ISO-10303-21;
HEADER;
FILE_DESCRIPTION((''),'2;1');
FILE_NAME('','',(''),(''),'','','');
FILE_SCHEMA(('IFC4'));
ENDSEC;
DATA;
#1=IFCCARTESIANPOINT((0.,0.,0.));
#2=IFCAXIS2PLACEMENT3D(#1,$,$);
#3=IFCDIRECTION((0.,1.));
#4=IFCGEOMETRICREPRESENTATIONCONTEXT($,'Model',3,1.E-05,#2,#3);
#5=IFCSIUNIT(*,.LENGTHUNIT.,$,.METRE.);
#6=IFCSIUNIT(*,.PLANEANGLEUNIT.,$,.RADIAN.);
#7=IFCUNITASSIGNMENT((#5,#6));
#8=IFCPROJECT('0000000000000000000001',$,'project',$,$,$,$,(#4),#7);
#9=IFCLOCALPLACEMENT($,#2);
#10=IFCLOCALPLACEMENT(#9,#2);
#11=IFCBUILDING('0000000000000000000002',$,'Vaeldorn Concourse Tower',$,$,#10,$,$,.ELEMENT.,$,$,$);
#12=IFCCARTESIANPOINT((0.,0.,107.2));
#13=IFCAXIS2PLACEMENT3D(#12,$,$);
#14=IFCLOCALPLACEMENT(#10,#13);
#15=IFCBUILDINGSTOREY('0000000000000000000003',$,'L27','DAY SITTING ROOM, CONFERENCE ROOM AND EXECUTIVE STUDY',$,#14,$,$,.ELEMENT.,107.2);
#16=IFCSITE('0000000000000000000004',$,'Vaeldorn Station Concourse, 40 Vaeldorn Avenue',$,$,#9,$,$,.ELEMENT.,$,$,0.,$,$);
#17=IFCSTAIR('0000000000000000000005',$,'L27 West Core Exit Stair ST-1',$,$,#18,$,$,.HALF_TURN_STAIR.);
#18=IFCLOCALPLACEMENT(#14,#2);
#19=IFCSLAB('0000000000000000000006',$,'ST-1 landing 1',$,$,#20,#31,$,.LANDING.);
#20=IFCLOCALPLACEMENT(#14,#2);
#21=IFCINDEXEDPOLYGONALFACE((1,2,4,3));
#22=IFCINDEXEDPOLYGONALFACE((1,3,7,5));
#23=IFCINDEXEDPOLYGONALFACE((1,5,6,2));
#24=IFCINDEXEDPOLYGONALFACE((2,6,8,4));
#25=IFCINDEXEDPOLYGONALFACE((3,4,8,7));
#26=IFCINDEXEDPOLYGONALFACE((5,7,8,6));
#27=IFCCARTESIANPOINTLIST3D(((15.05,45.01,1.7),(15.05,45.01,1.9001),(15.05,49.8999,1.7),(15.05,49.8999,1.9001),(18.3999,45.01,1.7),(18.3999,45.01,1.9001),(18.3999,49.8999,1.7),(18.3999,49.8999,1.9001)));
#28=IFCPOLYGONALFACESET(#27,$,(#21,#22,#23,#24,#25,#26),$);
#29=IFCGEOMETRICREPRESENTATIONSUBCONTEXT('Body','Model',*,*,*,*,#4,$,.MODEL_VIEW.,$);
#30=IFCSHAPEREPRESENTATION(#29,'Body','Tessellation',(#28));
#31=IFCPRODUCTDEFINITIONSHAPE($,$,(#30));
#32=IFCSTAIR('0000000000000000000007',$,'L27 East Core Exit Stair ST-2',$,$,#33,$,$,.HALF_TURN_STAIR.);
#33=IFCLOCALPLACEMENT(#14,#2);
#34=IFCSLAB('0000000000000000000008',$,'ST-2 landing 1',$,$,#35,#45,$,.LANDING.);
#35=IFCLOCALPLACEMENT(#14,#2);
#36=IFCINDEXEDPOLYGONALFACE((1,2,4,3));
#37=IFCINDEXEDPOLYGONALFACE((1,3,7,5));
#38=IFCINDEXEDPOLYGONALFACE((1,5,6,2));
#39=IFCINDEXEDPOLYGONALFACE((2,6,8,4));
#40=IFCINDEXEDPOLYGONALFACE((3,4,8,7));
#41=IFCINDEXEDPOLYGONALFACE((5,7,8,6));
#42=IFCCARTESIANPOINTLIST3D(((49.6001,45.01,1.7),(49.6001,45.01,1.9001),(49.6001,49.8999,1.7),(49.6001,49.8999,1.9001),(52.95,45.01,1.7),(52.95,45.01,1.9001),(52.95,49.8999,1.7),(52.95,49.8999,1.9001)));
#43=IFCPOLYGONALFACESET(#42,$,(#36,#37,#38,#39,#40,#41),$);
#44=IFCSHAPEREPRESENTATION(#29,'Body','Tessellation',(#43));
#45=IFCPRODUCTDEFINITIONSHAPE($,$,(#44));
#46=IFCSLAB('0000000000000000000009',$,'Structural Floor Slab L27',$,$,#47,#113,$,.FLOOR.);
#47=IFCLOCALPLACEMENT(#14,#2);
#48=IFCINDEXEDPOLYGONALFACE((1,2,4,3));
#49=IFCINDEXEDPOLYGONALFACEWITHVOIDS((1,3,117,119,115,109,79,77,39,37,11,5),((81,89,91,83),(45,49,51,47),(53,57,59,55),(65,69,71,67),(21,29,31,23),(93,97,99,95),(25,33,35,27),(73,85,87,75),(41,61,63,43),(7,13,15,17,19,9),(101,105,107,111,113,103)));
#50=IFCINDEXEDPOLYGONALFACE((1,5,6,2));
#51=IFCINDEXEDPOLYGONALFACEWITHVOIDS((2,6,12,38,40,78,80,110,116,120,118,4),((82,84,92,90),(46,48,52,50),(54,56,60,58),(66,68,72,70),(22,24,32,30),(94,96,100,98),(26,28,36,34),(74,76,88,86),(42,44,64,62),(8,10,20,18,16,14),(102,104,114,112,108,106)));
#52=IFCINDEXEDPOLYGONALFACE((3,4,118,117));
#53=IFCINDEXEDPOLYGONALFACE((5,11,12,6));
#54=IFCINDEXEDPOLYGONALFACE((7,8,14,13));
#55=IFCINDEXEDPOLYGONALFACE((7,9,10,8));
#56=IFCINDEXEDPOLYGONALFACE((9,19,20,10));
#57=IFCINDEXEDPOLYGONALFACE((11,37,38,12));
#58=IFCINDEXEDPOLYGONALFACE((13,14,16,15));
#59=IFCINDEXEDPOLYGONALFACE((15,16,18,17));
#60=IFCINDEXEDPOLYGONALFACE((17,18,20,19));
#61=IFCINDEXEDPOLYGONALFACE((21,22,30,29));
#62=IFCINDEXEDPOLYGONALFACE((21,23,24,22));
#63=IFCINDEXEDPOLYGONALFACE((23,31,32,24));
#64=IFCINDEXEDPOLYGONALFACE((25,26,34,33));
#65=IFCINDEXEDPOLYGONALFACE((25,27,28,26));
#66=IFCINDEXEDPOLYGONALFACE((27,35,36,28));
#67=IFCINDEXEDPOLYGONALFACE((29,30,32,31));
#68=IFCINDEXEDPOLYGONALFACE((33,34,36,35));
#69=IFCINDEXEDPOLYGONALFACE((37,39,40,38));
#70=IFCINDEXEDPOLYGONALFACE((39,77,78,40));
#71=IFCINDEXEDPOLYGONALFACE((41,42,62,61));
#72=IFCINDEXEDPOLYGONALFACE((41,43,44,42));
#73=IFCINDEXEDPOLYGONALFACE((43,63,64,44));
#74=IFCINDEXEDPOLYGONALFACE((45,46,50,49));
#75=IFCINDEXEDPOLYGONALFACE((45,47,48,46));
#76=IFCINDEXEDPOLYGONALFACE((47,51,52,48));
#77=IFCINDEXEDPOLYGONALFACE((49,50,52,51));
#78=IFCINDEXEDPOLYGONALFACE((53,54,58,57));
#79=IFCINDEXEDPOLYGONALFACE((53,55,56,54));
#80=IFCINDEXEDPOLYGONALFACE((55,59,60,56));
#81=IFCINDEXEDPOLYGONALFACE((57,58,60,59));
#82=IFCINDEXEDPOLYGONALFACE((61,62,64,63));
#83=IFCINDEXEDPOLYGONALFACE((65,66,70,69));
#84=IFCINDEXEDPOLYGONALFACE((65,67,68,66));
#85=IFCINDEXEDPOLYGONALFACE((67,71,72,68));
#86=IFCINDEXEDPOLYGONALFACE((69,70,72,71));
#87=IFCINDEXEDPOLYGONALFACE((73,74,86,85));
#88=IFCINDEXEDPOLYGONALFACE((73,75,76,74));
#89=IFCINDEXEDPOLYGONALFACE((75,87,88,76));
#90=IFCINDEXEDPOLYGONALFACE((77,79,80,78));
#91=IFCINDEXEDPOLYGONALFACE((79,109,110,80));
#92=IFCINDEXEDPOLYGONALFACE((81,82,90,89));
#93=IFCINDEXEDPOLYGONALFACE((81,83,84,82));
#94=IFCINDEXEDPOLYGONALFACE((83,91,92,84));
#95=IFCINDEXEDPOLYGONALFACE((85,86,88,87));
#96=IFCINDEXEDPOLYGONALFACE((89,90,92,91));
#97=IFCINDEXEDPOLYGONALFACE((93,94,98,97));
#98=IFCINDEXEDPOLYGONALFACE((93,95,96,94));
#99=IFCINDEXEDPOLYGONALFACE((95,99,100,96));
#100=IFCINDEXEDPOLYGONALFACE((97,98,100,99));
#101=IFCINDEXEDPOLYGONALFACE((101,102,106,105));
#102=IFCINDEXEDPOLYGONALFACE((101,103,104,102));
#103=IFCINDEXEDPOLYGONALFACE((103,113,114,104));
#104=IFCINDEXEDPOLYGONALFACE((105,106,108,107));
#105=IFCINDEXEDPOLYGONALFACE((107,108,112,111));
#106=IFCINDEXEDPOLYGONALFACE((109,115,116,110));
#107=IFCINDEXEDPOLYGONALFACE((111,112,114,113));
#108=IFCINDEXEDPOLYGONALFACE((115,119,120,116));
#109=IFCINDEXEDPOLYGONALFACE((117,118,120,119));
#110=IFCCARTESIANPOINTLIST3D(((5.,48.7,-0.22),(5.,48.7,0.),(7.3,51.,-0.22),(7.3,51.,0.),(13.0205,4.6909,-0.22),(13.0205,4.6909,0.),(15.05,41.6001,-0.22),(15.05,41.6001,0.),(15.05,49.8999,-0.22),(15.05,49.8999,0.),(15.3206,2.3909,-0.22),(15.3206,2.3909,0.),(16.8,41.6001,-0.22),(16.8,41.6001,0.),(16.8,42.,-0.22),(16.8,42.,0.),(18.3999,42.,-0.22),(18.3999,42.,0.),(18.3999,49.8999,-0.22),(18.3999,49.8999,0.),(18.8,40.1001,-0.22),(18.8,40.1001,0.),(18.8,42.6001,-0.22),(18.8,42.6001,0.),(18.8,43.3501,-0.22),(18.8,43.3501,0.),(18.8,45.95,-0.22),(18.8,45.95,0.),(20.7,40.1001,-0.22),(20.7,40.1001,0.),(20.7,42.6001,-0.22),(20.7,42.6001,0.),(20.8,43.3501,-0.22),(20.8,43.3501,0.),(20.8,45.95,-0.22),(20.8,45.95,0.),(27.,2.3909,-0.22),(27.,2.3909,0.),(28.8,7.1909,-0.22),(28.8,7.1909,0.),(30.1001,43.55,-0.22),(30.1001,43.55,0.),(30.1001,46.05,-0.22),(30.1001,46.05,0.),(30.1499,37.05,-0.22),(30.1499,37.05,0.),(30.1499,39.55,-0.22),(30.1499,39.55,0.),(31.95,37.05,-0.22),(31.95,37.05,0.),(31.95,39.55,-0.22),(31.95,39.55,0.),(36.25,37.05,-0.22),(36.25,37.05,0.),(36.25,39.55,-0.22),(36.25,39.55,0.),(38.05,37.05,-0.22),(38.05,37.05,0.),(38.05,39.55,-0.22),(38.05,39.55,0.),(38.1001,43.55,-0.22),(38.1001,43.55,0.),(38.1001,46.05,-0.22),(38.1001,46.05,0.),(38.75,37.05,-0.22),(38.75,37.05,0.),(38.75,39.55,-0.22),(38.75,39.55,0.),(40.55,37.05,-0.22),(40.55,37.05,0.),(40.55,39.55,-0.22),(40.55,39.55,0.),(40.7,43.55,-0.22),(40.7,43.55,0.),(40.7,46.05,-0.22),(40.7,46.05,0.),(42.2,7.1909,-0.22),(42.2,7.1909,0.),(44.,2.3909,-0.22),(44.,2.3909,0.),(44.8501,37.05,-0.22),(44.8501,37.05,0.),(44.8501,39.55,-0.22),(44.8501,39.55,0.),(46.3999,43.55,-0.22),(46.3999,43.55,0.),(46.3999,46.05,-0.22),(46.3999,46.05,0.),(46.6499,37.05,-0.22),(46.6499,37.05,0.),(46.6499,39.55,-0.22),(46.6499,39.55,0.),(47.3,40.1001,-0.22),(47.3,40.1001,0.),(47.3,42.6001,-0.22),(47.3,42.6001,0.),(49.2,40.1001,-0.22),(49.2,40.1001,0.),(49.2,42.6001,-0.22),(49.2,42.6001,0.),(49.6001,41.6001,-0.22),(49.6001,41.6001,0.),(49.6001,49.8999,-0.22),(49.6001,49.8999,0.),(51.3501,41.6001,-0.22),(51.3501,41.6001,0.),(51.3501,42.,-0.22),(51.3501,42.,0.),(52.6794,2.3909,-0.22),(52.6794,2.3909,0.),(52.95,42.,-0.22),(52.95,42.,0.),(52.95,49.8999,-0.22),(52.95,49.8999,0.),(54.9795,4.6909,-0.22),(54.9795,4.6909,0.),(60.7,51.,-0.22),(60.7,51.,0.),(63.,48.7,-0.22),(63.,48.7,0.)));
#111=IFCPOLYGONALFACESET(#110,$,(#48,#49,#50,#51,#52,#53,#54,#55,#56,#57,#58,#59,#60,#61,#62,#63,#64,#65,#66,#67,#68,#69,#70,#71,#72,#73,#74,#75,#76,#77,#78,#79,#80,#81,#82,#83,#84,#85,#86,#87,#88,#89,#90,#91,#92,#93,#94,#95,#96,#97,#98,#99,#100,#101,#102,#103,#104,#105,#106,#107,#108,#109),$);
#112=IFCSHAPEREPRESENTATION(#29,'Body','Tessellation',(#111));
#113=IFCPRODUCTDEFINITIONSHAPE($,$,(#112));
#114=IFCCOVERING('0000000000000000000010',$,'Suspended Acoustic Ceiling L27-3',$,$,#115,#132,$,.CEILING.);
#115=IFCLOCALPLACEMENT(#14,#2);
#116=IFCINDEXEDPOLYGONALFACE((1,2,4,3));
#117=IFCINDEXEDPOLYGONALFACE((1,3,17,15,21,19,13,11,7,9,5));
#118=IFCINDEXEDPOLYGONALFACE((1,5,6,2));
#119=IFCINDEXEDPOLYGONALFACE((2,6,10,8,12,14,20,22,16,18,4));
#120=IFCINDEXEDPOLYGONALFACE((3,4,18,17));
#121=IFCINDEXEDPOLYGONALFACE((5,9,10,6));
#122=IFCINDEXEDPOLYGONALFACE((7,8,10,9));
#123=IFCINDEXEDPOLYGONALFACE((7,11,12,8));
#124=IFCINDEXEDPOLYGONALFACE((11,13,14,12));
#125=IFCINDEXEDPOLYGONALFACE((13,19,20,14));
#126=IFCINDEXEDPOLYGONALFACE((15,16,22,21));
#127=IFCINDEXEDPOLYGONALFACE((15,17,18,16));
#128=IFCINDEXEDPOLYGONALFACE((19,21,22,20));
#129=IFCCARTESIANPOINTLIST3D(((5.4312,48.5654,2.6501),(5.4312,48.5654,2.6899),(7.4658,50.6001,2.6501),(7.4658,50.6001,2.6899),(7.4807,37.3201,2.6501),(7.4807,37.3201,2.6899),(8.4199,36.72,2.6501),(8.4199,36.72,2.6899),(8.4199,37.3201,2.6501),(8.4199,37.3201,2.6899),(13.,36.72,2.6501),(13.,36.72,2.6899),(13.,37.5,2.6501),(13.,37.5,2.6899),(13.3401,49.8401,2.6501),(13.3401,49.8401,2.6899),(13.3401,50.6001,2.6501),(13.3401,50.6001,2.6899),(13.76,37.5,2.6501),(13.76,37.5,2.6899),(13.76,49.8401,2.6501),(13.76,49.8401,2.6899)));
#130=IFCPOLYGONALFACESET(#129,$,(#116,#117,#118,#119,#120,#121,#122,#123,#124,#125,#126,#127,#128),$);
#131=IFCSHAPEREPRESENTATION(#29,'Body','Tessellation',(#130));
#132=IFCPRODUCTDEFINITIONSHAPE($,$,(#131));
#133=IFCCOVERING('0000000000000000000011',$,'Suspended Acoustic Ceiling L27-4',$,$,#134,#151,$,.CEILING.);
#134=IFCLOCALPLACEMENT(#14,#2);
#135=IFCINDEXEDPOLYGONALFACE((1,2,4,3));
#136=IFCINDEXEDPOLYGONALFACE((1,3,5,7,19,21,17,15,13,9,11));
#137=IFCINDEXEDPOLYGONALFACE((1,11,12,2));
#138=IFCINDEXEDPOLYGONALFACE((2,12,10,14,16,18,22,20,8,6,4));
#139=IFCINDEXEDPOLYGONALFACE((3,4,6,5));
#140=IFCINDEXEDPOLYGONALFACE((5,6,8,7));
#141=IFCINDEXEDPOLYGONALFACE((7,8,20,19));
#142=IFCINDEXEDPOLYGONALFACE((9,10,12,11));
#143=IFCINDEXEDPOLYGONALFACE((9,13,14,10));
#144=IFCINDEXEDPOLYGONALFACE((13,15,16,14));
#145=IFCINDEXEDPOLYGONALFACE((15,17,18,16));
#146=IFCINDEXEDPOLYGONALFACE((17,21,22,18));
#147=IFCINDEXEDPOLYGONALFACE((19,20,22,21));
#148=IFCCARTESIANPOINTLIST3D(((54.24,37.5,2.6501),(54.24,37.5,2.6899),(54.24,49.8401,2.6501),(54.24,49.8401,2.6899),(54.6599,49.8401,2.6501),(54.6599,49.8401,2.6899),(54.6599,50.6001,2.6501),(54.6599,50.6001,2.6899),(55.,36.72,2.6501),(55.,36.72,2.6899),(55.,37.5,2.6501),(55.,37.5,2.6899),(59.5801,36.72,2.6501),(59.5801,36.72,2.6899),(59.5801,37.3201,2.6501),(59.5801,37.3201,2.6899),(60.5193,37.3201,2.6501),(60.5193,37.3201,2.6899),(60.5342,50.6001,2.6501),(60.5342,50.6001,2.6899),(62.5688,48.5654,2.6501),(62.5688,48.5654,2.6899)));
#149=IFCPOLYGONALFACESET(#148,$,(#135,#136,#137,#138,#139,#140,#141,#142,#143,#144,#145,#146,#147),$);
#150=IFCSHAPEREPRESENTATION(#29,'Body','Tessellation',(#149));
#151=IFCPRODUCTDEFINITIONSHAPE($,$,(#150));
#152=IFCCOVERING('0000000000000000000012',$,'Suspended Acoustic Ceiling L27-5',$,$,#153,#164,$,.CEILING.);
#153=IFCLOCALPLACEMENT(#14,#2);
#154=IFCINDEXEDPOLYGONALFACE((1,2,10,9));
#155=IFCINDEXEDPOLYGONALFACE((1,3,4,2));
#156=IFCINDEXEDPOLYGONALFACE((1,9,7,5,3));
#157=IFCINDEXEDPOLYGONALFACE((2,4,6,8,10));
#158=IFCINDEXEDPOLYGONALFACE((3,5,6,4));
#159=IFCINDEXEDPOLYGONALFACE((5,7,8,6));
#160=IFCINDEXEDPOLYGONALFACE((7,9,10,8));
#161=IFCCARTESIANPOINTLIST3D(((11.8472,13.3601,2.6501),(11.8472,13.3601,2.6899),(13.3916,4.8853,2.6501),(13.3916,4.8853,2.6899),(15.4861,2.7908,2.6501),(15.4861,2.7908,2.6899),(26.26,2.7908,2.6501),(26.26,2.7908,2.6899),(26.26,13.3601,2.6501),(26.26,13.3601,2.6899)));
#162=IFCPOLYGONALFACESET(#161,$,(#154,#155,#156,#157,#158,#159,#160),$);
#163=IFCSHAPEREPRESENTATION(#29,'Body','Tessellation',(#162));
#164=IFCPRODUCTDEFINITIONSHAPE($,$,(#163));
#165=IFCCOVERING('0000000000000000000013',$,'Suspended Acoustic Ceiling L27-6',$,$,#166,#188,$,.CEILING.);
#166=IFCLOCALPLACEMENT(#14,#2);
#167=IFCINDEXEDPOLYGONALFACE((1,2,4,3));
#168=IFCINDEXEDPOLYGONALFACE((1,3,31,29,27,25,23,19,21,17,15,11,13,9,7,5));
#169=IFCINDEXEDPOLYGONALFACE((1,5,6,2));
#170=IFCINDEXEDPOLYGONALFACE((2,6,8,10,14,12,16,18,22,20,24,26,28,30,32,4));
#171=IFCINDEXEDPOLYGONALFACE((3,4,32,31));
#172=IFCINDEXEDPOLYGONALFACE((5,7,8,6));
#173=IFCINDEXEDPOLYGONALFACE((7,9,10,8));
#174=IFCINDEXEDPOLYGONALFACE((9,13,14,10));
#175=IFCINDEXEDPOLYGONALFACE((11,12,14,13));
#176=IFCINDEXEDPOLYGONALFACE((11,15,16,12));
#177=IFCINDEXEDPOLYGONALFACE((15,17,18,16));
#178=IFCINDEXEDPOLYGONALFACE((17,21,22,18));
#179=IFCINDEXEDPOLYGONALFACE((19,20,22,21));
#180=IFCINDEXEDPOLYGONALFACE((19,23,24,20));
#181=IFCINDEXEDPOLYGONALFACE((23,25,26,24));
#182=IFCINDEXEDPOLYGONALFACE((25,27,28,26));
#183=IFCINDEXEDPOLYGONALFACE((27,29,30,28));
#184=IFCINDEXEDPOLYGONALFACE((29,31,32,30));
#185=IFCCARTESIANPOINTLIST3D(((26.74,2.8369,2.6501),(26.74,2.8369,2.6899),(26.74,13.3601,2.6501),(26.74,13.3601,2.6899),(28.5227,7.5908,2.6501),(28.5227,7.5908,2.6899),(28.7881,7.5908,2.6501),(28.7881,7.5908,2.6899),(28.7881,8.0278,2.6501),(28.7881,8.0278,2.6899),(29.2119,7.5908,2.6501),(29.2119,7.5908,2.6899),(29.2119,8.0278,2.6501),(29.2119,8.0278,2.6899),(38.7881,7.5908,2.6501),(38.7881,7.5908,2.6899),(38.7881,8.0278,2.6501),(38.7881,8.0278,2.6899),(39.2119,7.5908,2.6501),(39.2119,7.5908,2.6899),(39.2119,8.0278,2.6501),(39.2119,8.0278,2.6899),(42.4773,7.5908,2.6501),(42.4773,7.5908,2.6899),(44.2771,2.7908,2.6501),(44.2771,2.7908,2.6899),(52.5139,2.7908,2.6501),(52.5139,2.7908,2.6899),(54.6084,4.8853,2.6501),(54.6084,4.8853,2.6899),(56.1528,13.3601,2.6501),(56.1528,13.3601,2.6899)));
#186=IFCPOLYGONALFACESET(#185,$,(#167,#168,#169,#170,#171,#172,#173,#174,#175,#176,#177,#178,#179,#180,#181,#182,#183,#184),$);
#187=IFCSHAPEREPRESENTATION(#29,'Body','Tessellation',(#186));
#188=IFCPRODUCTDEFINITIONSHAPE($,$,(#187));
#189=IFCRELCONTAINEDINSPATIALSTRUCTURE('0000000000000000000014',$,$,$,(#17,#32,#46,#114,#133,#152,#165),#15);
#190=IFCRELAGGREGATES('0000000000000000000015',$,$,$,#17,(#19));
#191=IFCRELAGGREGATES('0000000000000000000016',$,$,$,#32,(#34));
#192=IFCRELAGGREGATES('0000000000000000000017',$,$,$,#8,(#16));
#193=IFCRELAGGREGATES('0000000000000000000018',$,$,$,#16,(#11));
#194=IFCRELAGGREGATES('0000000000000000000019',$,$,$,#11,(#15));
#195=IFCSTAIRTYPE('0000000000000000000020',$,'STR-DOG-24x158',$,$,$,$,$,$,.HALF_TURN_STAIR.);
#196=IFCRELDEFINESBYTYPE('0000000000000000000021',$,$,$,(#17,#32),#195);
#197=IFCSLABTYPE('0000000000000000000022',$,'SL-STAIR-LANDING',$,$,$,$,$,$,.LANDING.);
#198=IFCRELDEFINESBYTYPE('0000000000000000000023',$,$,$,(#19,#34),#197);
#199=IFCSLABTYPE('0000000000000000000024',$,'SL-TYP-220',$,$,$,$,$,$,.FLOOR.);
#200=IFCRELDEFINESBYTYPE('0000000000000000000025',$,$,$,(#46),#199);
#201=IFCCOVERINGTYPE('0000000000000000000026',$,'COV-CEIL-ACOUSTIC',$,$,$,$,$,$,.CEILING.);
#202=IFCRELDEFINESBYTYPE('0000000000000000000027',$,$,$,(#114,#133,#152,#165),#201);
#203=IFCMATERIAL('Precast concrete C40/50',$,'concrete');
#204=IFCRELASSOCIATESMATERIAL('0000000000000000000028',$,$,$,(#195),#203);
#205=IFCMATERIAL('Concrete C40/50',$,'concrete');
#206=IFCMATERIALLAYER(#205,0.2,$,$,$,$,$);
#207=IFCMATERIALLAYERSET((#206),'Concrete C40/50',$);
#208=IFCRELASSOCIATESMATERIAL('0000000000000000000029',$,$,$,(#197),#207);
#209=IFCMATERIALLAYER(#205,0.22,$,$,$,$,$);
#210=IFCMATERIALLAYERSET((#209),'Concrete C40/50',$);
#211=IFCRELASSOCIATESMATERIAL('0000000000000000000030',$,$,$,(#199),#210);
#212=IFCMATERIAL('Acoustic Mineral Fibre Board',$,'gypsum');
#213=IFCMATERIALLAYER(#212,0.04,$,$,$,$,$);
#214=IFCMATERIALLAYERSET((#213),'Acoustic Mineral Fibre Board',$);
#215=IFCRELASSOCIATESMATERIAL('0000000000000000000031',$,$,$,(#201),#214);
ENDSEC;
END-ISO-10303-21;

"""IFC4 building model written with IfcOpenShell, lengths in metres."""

from ifc_helpers import new_model, si_unit, direction, frame, origin, place, context, subcontext, project, spatial, polyline, outline, extrude, material, layer, layer_set, type_object, element, aggregate, save


model = new_model("IFC4")

# Units and contexts
model_context = context("Model", 3, precision=1e-05, world=origin(), true_north=direction((0.0, 1.0)))
body_context = subcontext(model_context, "Body", "Model", "MODEL_VIEW")
ifc_project = project(units=[si_unit("LENGTHUNIT", "METRE"), si_unit("PLANEANGLEUNIT", "RADIAN")], contexts=[model_context])

# Site, building, storey
site_placement = place(None, origin())
site = spatial("IfcSite", under=ifc_project, at=site_placement, Name="Vaeldorn Station Concourse, 40 Vaeldorn Avenue", CompositionType="ELEMENT", RefElevation=0.0)
building_placement = place(site_placement, origin())
building = spatial("IfcBuilding", under=site, at=building_placement, Name="Vaeldorn Concourse Tower", CompositionType="ELEMENT")
storey_placement = place(building_placement, frame((0.0, 0.0, 107.2)))
storey = spatial("IfcBuildingStorey", under=building, at=storey_placement, Name="L27", Description="DAY SITTING ROOM, CONFERENCE ROOM AND EXECUTIVE STUDY", CompositionType="ELEMENT", Elevation=107.2)

# Stairs, slabs
ifc_material_1 = material(Name="Precast concrete C40/50", Category="concrete")
stair_type = type_object("IfcStairType", Name="STR-DOG-24x158", PredefinedType="HALF_TURN_STAIR", material=ifc_material_1)
stair_1_placement = place(storey_placement, origin())
stair_1 = element("IfcStair", 1, at=stair_1_placement, inside=storey, type_object=stair_type, Name="L27 West Core Exit Stair ST-1", PredefinedType="HALF_TURN_STAIR")
ifc_material_2 = material(Name="Concrete C40/50", Category="concrete")
ifc_layer_1 = layer(ifc_material_2, 0.2)
ifc_layer_set_1 = layer_set([ifc_layer_1], Name="Concrete C40/50")
slab_type_1 = type_object("IfcSlabType", Name="SL-STAIR-LANDING", PredefinedType="LANDING", material=ifc_layer_set_1)
slab_1_placement = place(storey_placement, frame((0.0, 0.0, 1.7)))
slab_1 = element("IfcSlab", 2, at=slab_1_placement, type_object=slab_type_1, Name="ST-1 landing 1", PredefinedType="LANDING", context=body_context, shape_type="SweptSolid", body=[
    extrude(outline(polyline([(18.3999, 45.01), (18.3999, 49.8999), (15.05, 49.8999), (15.05, 45.01), (18.3999, 45.01)])), origin(), (0.0, 0.0, 1.0), 0.2002),
])
aggregate(stair_1, [slab_1])
stair_2_placement = place(storey_placement, origin())
stair_2 = element("IfcStair", 3, at=stair_2_placement, inside=storey, type_object=stair_type, Name="L27 East Core Exit Stair ST-2", PredefinedType="HALF_TURN_STAIR")
slab_2_placement = place(storey_placement, frame((0.0, 0.0, 1.7)))
slab_2 = element("IfcSlab", 4, at=slab_2_placement, type_object=slab_type_1, Name="ST-2 landing 1", PredefinedType="LANDING", context=body_context, shape_type="SweptSolid", body=[
    extrude(outline(polyline([(52.95, 45.01), (52.95, 49.8999), (49.6001, 49.8999), (49.6001, 45.01), (52.95, 45.01)])), origin(), (0.0, 0.0, 1.0), 0.2002),
])
aggregate(stair_2, [slab_2])

# Slab
ifc_layer_2 = layer(ifc_material_2, 0.22)
ifc_layer_set_2 = layer_set([ifc_layer_2], Name="Concrete C40/50")
slab_type_2 = type_object("IfcSlabType", Name="SL-TYP-220", PredefinedType="FLOOR", material=ifc_layer_set_2)
slab_3_placement = place(storey_placement, frame((0.0, 0.0, -0.22)))
element("IfcSlab", 5, at=slab_3_placement, inside=storey, type_object=slab_type_2, Name="Structural Floor Slab L27", PredefinedType="FLOOR", context=body_context, shape_type="SweptSolid", body=[
    extrude(outline(polyline([(15.3206, 2.3909), (27.0, 2.3909), (28.8, 7.1909), (42.2, 7.1909), (44.0, 2.3909), (52.6794, 2.3909), (54.9795, 4.6909), (63.0, 48.7), (60.7, 51.0), (7.3, 51.0), (5.0, 48.7), (13.0205, 4.6909), (15.3206, 2.3909)]), holes=[polyline([(18.3999, 42.0), (18.3999, 49.8999), (15.05, 49.8999), (15.05, 41.6001), (16.8, 41.6001), (16.8, 42.0), (18.3999, 42.0)]), polyline([(52.95, 42.0), (52.95, 49.8999), (49.6001, 49.8999), (49.6001, 41.6001), (51.3501, 41.6001), (51.3501, 42.0), (52.95, 42.0)]), polyline([(30.1499, 37.05), (31.95, 37.05), (31.95, 39.55), (30.1499, 39.55), (30.1499, 37.05)]), polyline([(36.25, 37.05), (38.05, 37.05), (38.05, 39.55), (36.25, 39.55), (36.25, 37.05)]), polyline([(30.1001, 43.55), (38.1001, 43.55), (38.1001, 46.05), (30.1001, 46.05), (30.1001, 43.55)]), polyline([(38.75, 37.05), (40.55, 37.05), (40.55, 39.55), (38.75, 39.55), (38.75, 37.05)]), polyline([(44.8501, 37.05), (46.6499, 37.05), (46.6499, 39.55), (44.8501, 39.55), (44.8501, 37.05)]), polyline([(40.7, 43.55), (46.3999, 43.55), (46.3999, 46.05), (40.7, 46.05), (40.7, 43.55)]), polyline([(18.8, 43.3501), (20.8, 43.3501), (20.8, 45.95), (18.8, 45.95), (18.8, 43.3501)]), polyline([(18.8, 40.1001), (20.7, 40.1001), (20.7, 42.6001), (18.8, 42.6001), (18.8, 40.1001)]), polyline([(47.3, 40.1001), (49.2, 40.1001), (49.2, 42.6001), (47.3, 42.6001), (47.3, 40.1001)])]), origin(), (0.0, 0.0, 1.0), 0.22),
])

# Coverings
ifc_material_3 = material(Name="Acoustic Mineral Fibre Board", Category="gypsum")
ifc_layer_3 = layer(ifc_material_3, 0.04)
ifc_layer_set_3 = layer_set([ifc_layer_3], Name="Acoustic Mineral Fibre Board")
covering_type_1 = type_object("IfcCoveringType", Name="COV-CEIL-ACOUSTIC", PredefinedType="CEILING", material=ifc_layer_set_3)
covering_1_placement = place(storey_placement, frame((0.0, 0.0, 2.6501)))
element("IfcCovering", 6, at=covering_1_placement, inside=storey, type_object=covering_type_1, Name="Suspended Acoustic Ceiling L27-3", PredefinedType="CEILING", context=body_context, shape_type="SweptSolid", body=[
    extrude(outline(polyline([(7.4658, 50.6001), (13.3401, 50.6001), (13.3401, 49.8401), (13.76, 49.8401), (13.76, 37.5), (13.0, 37.5), (13.0, 36.72), (8.4199, 36.72), (8.4199, 37.3201), (7.4807, 37.3201), (5.4312, 48.5654), (7.4658, 50.6001)])), origin(), (0.0, 0.0, 1.0), 0.0398),
])
covering_2_placement = place(storey_placement, frame((0.0, 0.0, 2.6501)))
element("IfcCovering", 7, at=covering_2_placement, inside=storey, type_object=covering_type_1, Name="Suspended Acoustic Ceiling L27-4", PredefinedType="CEILING", context=body_context, shape_type="SweptSolid", body=[
    extrude(outline(polyline([(54.6599, 49.8401), (54.6599, 50.6001), (60.5342, 50.6001), (62.5688, 48.5654), (60.5193, 37.3201), (59.5801, 37.3201), (59.5801, 36.72), (55.0, 36.72), (55.0, 37.5), (54.24, 37.5), (54.24, 49.8401), (54.6599, 49.8401)])), origin(), (0.0, 0.0, 1.0), 0.0398),
])
covering_3_placement = place(storey_placement, frame((0.0, 0.0, 2.6501)))
element("IfcCovering", 8, at=covering_3_placement, inside=storey, type_object=covering_type_1, Name="Suspended Acoustic Ceiling L27-5", PredefinedType="CEILING", context=body_context, shape_type="SweptSolid", body=[
    extrude(outline(polyline([(26.26, 13.3601), (26.26, 2.7908), (15.4861, 2.7908), (13.3916, 4.8853), (11.8472, 13.3601), (26.26, 13.3601)])), origin(), (0.0, 0.0, 1.0), 0.0398),
])
covering_4_placement = place(storey_placement, frame((0.0, 0.0, 2.6501)))
element("IfcCovering", 9, at=covering_4_placement, inside=storey, type_object=covering_type_1, Name="Suspended Acoustic Ceiling L27-6", PredefinedType="CEILING", context=body_context, shape_type="SweptSolid", body=[
    extrude(outline(polyline([(26.74, 13.3601), (56.1528, 13.3601), (54.6084, 4.8853), (52.5139, 2.7908), (44.2771, 2.7908), (42.4773, 7.5908), (39.2119, 7.5908), (39.2119, 8.0278), (38.7881, 8.0278), (38.7881, 7.5908), (29.2119, 7.5908), (29.2119, 8.0278), (28.7881, 8.0278), (28.7881, 7.5908), (28.5227, 7.5908), (26.74, 2.8369), (26.74, 13.3601)])), origin(), (0.0, 0.0, 1.0), 0.0398),
])

save(model, "model.ifc")
